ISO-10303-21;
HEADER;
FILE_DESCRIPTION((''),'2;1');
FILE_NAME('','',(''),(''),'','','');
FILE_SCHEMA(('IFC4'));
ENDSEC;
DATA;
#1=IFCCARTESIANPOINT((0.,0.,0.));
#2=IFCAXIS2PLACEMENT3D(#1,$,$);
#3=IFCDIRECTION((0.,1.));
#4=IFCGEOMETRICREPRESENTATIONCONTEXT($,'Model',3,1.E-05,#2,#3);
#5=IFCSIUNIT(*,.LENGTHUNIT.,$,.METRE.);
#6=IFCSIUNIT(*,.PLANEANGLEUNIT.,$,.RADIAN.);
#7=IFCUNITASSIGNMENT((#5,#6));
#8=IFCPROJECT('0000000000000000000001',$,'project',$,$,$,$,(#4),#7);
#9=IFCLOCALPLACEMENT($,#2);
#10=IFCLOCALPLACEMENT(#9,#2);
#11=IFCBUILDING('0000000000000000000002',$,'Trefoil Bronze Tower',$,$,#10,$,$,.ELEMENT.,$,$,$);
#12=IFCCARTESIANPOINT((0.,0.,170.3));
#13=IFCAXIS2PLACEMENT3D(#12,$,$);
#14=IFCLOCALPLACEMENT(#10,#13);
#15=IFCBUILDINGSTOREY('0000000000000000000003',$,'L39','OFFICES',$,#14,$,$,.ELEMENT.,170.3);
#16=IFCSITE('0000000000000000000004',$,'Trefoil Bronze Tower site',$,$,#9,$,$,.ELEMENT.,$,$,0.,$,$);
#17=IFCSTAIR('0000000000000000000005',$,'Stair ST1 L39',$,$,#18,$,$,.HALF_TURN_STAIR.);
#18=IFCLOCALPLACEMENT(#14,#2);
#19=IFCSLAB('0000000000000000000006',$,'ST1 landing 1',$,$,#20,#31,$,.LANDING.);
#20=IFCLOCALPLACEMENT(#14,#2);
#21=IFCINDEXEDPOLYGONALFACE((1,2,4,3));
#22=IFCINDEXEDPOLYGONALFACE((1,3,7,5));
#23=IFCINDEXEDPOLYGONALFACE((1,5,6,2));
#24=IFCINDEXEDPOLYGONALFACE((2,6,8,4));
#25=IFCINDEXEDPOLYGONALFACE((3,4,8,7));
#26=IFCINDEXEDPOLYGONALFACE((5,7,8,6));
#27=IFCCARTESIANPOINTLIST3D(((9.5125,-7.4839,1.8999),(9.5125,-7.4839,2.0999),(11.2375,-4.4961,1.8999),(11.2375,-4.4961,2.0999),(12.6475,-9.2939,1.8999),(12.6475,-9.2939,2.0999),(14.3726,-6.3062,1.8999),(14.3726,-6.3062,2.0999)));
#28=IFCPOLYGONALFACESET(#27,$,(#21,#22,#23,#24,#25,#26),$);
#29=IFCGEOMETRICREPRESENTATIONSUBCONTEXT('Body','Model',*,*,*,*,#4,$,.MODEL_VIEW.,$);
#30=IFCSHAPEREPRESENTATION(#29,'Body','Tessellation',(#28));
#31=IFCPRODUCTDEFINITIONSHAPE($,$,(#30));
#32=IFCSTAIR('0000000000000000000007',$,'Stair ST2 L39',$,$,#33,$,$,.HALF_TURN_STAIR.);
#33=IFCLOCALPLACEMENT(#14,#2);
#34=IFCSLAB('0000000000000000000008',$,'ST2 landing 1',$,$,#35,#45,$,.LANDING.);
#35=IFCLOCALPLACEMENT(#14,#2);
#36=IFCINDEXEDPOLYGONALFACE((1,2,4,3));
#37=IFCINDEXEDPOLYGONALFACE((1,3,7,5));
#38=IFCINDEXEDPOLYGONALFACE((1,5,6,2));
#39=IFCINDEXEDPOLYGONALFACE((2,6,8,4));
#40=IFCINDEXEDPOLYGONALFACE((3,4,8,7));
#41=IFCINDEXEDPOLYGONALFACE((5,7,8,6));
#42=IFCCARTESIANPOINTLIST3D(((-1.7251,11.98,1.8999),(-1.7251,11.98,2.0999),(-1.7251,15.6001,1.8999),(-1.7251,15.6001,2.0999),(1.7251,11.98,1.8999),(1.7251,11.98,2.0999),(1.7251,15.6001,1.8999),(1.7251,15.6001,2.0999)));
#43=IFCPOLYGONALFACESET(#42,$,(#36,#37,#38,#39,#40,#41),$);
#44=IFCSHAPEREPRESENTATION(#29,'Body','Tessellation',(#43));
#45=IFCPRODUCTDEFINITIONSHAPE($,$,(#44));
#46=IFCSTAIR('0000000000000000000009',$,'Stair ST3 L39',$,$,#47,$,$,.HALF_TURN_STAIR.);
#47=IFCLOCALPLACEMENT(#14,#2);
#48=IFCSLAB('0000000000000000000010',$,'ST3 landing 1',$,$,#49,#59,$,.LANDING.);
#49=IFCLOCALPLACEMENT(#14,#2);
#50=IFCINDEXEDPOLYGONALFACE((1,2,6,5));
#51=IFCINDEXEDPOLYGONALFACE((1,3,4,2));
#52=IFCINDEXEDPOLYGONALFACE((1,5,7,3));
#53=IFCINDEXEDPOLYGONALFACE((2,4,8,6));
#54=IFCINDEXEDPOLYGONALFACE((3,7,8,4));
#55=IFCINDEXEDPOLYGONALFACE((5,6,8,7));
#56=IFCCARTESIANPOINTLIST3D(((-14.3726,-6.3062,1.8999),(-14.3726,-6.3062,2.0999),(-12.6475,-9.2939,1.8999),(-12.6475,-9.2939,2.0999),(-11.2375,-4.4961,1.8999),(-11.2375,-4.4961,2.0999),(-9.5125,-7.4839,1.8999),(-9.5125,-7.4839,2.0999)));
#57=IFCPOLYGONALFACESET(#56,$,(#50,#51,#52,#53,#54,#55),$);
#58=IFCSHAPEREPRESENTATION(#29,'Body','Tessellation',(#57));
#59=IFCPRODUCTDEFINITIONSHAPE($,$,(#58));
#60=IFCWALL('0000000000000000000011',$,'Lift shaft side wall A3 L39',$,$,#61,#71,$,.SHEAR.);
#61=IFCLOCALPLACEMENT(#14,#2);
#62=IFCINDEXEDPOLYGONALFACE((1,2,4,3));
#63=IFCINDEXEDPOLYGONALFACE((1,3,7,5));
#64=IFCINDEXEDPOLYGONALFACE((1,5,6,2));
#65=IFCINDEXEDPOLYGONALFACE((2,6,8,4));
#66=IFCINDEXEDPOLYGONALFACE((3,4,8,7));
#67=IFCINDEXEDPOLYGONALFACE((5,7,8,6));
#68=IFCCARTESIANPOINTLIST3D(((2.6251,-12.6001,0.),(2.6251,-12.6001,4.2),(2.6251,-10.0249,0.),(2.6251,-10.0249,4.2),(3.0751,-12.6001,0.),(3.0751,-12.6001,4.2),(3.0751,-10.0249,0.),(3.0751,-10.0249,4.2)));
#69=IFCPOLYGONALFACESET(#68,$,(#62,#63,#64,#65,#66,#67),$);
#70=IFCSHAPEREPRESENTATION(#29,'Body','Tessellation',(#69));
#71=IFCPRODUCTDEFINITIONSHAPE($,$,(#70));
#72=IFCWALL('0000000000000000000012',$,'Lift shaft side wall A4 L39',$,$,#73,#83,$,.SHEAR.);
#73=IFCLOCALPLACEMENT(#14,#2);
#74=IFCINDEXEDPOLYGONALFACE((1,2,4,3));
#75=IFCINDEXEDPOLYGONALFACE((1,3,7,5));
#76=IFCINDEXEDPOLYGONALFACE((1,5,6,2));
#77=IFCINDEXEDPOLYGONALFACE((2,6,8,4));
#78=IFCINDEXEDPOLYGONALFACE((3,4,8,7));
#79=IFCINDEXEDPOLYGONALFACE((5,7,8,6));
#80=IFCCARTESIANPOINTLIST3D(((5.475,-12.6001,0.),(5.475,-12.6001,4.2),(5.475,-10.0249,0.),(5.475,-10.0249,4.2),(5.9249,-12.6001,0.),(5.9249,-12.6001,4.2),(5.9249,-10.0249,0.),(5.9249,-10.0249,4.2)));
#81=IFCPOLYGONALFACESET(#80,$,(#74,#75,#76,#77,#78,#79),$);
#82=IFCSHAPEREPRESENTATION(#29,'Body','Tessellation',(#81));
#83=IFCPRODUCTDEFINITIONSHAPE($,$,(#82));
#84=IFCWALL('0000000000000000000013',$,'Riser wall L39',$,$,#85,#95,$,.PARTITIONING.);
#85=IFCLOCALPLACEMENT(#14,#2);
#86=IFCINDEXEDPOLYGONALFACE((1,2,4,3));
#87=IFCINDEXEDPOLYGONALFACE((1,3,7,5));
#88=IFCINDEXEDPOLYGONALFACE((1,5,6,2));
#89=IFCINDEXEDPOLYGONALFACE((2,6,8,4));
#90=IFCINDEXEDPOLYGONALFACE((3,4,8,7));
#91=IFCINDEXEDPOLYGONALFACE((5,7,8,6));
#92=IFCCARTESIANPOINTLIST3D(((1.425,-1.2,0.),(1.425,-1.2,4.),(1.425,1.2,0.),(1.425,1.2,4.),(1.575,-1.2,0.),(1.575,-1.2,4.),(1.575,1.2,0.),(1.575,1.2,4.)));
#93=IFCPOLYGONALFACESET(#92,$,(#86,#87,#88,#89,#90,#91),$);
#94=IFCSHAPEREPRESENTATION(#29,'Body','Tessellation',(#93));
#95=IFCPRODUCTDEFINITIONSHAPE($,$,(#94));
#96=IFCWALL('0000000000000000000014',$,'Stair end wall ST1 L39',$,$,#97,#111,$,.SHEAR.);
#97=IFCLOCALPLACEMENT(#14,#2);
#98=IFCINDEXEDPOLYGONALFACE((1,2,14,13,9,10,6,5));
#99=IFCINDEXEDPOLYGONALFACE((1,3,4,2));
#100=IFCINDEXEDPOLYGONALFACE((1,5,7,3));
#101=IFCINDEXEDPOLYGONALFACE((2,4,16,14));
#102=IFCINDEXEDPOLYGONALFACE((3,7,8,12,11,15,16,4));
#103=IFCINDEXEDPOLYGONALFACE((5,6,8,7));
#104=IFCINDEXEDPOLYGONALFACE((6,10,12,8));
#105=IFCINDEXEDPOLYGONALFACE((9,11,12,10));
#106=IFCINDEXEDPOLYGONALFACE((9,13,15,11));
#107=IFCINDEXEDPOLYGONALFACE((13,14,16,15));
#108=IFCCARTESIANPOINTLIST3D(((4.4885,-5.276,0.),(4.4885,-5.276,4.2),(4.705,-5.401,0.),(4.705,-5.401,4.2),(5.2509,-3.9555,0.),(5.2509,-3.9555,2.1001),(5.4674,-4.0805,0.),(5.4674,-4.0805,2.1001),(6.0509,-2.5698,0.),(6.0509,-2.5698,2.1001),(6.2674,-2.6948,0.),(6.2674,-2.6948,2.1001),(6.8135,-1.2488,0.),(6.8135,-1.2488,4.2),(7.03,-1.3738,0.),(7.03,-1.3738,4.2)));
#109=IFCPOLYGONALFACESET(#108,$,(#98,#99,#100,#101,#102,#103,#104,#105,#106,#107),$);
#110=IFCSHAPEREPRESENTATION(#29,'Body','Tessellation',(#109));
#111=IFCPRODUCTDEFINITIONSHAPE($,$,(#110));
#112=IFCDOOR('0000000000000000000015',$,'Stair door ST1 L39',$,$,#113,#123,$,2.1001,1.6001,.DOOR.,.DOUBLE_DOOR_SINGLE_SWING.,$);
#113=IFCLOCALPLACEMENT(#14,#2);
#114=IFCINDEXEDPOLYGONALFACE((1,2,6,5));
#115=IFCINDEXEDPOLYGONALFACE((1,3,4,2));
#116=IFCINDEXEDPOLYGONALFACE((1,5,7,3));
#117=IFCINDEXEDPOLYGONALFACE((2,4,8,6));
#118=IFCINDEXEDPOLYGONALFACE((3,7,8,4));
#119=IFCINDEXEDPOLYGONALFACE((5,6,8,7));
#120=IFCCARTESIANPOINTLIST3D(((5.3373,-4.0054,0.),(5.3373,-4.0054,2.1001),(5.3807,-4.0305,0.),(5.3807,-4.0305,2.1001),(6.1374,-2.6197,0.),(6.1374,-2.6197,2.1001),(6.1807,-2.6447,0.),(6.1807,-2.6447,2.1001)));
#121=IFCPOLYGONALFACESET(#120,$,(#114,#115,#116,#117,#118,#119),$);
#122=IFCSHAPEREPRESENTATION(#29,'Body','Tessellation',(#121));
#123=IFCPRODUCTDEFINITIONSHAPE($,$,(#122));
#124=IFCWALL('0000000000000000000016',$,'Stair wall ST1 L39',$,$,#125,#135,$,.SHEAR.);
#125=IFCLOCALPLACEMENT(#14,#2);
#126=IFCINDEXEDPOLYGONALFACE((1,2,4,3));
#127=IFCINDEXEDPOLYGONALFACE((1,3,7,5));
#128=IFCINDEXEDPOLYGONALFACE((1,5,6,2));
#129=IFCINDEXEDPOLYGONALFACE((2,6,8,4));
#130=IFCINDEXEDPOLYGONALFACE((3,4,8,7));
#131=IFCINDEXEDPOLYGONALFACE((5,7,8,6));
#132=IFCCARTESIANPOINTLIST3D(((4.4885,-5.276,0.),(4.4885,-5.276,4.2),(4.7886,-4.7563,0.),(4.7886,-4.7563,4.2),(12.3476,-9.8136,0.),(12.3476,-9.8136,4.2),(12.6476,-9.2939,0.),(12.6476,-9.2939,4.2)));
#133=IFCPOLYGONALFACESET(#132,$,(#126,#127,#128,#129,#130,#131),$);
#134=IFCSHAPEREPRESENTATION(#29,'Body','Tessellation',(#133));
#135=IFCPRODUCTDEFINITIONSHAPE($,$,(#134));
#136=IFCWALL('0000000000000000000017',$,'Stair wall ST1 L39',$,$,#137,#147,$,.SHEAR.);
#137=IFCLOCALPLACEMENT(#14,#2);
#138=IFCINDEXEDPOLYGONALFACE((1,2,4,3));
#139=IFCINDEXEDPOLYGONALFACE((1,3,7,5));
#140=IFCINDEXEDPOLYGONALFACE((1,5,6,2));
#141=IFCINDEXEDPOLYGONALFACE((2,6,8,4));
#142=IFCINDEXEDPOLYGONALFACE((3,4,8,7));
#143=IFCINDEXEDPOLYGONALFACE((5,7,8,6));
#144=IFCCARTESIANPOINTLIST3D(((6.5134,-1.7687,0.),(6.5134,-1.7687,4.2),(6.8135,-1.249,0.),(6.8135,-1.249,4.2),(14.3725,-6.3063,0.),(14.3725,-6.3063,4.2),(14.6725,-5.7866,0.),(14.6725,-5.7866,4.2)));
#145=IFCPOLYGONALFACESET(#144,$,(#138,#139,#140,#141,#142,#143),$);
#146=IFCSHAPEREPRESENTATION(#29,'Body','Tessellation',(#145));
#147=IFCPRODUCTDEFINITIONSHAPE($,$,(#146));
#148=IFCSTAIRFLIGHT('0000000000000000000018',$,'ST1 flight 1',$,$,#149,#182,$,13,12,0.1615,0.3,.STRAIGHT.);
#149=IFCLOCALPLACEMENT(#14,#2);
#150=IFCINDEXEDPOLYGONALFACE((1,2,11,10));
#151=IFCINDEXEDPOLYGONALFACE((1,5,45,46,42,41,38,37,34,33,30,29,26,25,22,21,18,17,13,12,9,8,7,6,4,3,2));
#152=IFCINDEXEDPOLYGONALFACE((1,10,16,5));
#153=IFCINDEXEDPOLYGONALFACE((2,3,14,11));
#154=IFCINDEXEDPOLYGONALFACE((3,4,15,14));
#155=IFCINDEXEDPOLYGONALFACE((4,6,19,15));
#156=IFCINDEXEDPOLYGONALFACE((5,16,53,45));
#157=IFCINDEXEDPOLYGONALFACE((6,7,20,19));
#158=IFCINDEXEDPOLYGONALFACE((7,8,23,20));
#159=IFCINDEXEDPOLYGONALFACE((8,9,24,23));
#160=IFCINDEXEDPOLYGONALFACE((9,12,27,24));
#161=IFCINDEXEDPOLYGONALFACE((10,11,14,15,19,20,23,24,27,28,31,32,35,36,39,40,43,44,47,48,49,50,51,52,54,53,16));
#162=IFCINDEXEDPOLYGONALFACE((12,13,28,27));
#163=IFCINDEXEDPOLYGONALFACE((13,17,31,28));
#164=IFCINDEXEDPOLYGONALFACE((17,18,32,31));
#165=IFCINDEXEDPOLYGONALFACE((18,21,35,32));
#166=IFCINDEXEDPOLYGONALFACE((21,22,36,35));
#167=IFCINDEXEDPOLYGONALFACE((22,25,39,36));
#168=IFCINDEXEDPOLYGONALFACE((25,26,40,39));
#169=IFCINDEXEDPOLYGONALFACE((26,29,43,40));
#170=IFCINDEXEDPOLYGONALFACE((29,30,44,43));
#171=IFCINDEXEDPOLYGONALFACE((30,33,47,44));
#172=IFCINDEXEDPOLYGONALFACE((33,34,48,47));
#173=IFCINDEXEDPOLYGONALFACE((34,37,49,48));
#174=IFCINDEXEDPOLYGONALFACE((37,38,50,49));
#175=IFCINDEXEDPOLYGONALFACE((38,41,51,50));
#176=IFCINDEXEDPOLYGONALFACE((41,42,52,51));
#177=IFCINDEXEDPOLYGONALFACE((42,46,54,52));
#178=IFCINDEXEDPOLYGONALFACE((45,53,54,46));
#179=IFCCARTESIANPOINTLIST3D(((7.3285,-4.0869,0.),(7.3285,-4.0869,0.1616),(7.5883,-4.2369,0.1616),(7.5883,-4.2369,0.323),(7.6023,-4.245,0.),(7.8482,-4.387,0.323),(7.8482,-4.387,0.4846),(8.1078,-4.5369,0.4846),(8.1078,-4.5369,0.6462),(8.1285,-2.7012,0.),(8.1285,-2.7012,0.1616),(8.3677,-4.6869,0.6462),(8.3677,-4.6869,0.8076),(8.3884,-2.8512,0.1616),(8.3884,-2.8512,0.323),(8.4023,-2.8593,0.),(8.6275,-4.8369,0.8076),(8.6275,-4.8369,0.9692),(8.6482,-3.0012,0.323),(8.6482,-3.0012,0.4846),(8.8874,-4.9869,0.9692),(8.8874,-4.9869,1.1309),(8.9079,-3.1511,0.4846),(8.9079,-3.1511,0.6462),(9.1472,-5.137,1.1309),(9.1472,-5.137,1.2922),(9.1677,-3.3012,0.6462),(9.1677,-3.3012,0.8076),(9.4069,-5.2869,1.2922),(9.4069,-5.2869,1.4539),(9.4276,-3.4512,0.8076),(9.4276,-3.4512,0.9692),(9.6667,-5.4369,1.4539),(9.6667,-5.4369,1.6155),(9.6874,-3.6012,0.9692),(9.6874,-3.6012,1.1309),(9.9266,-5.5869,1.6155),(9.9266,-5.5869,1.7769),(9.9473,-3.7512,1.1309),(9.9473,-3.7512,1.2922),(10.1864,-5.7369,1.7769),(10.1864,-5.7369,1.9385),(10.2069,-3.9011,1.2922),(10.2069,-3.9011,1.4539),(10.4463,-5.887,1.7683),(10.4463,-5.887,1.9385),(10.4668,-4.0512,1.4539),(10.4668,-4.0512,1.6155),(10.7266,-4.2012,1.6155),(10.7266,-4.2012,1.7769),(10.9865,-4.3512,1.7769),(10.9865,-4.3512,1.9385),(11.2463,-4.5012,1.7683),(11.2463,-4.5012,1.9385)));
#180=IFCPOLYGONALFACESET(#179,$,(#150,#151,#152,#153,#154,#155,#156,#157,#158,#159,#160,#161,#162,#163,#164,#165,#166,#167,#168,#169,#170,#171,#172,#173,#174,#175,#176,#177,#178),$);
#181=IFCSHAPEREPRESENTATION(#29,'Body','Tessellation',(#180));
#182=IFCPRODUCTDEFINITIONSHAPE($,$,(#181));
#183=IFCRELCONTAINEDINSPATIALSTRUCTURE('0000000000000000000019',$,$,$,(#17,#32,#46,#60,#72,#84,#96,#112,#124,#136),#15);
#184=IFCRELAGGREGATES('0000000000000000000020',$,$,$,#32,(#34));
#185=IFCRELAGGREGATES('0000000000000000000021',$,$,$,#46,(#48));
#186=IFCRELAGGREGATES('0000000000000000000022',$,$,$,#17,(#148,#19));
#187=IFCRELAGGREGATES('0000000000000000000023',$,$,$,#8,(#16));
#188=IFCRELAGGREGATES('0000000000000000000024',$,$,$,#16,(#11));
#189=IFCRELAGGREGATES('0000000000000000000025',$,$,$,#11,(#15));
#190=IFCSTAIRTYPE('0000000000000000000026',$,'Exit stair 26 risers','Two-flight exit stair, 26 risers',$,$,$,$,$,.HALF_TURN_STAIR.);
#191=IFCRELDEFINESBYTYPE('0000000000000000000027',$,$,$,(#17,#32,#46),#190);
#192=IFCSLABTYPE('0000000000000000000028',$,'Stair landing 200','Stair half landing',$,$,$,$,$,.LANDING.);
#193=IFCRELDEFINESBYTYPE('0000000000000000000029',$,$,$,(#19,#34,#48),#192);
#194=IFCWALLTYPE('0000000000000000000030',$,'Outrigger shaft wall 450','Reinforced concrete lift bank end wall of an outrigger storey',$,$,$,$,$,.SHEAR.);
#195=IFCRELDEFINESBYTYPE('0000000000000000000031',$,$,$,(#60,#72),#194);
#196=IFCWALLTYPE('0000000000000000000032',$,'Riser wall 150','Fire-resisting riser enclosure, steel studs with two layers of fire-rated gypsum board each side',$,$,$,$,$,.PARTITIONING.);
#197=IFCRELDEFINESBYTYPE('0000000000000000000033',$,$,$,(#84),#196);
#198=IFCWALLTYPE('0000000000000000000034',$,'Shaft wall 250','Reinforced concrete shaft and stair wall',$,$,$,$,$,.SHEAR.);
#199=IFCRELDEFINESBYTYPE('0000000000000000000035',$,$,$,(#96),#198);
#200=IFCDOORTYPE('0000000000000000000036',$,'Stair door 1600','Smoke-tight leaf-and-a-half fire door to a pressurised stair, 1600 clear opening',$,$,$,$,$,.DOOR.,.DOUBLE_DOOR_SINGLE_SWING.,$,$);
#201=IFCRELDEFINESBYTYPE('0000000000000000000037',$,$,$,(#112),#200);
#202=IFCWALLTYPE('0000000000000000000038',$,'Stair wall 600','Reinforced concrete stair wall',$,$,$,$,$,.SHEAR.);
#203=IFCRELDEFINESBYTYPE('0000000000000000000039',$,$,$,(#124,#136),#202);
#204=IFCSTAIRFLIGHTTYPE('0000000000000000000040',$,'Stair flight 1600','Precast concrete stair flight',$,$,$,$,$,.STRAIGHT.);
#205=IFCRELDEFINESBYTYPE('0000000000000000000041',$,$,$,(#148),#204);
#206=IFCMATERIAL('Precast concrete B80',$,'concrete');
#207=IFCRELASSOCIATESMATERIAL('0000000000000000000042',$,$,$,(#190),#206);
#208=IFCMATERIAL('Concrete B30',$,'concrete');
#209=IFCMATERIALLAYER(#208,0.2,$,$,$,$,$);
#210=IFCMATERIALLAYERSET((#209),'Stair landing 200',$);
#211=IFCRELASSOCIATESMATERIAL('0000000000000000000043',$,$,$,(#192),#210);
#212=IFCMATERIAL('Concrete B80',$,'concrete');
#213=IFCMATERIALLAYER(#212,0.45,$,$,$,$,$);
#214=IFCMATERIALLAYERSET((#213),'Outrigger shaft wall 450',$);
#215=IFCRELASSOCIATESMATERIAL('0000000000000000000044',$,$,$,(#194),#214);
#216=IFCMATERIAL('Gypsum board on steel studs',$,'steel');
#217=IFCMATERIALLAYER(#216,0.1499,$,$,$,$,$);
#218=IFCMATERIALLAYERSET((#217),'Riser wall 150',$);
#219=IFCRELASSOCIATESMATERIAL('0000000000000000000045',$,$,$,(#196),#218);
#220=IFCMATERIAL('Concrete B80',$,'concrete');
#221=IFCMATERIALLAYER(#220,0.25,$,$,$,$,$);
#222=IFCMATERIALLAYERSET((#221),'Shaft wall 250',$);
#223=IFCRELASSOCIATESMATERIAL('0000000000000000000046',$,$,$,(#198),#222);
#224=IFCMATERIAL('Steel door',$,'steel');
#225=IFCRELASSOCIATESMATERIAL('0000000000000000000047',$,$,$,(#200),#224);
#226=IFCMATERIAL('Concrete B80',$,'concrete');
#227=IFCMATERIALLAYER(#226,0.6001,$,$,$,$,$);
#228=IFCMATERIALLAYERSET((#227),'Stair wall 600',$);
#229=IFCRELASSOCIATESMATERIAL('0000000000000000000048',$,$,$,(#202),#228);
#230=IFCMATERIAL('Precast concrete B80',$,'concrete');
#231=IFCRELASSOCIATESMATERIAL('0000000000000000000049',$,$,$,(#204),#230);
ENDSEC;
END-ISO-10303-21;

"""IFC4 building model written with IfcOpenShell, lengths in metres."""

from ifc_helpers import new_model, si_unit, direction, frame, frame_2d, origin, place, context, subcontext, project, spatial, polyline, rectangle, outline, extrude, material, layer, layer_set, type_object, element, fill, aggregate, save


model = new_model("IFC4")

# Units and contexts
model_context = context("Model", 3, precision=1e-05, world=origin(), true_north=direction((0.0, 1.0)))
body_context = subcontext(model_context, "Body", "Model", "MODEL_VIEW")
ifc_project = project(units=[si_unit("LENGTHUNIT", "METRE"), si_unit("PLANEANGLEUNIT", "RADIAN")], contexts=[model_context])

# Site, building, storey
site_placement = place(None, origin())
site = spatial("IfcSite", under=ifc_project, at=site_placement, Name="Trefoil Bronze Tower site", CompositionType="ELEMENT", RefElevation=0.0)
building_placement = place(site_placement, origin())
building = spatial("IfcBuilding", under=site, at=building_placement, Name="Trefoil Bronze Tower", CompositionType="ELEMENT")
storey_placement = place(building_placement, frame((0.0, 0.0, 170.3)))
storey = spatial("IfcBuildingStorey", under=building, at=storey_placement, Name="L39", Description="OFFICES", CompositionType="ELEMENT", Elevation=170.3)

# Stairs, slabs
ifc_material_1 = material(Name="Precast concrete B80", Category="concrete")
stair_type = type_object("IfcStairType", Name="Exit stair 26 risers", Description="Two-flight exit stair, 26 risers", PredefinedType="HALF_TURN_STAIR", material=ifc_material_1)
stair_1_placement = place(storey_placement, origin())
stair_1 = element("IfcStair", 1, at=stair_1_placement, inside=storey, type_object=stair_type, Name="Stair ST1 L39", PredefinedType="HALF_TURN_STAIR")
ifc_material_2 = material(Name="Concrete B30", Category="concrete")
ifc_layer_1 = layer(ifc_material_2, 0.2)
ifc_layer_set_1 = layer_set([ifc_layer_1], Name="Stair landing 200")
slab_type = type_object("IfcSlabType", Name="Stair landing 200", Description="Stair half landing", PredefinedType="LANDING", material=ifc_layer_set_1)
slab_1_placement = place(storey_placement, frame((0.0, 0.0, 1.8999)))
slab_1 = element("IfcSlab", 2, at=slab_1_placement, type_object=slab_type, Name="ST1 landing 1", PredefinedType="LANDING", context=body_context, shape_type="SweptSolid", body=[
    extrude(outline(polyline([(9.5125, -7.4839), (12.6475, -9.2939), (14.3726, -6.3062), (11.2375, -4.4961), (9.5125, -7.4839)])), origin(), (0.0, 0.0, 1.0), 0.2),
])
stair_2_placement = place(storey_placement, origin())
stair_2 = element("IfcStair", 3, at=stair_2_placement, inside=storey, type_object=stair_type, Name="Stair ST2 L39", PredefinedType="HALF_TURN_STAIR")
slab_2_placement = place(storey_placement, frame((0.0, 0.0, 1.8999)))
slab_2 = element("IfcSlab", 4, at=slab_2_placement, type_object=slab_type, Name="ST2 landing 1", PredefinedType="LANDING", context=body_context, shape_type="SweptSolid", body=[
    extrude(outline(polyline([(1.7251, 11.98), (1.7251, 15.6001), (-1.7251, 15.6001), (-1.7251, 11.98), (1.7251, 11.98)])), origin(), (0.0, 0.0, 1.0), 0.2),
])
aggregate(stair_2, [slab_2])
stair_3_placement = place(storey_placement, origin())
stair_3 = element("IfcStair", 5, at=stair_3_placement, inside=storey, type_object=stair_type, Name="Stair ST3 L39", PredefinedType="HALF_TURN_STAIR")
slab_3_placement = place(storey_placement, frame((0.0, 0.0, 1.8999)))
slab_3 = element("IfcSlab", 6, at=slab_3_placement, type_object=slab_type, Name="ST3 landing 1", PredefinedType="LANDING", context=body_context, shape_type="SweptSolid", body=[
    extrude(outline(polyline([(-11.2375, -4.4961), (-14.3726, -6.3062), (-12.6475, -9.2939), (-9.5125, -7.4839), (-11.2375, -4.4961)])), origin(), (0.0, 0.0, 1.0), 0.2),
])
aggregate(stair_3, [slab_3])

# Walls
ifc_material_3 = material(Name="Concrete B80", Category="concrete")
ifc_layer_2 = layer(ifc_material_3, 0.45)
ifc_layer_set_2 = layer_set([ifc_layer_2], Name="Outrigger shaft wall 450")
wall_type_1 = type_object("IfcWallType", Name="Outrigger shaft wall 450", Description="Reinforced concrete lift bank end wall of an outrigger storey", PredefinedType="SHEAR", material=ifc_layer_set_2)
for number, where, z_axis, x_axis, name in (
    (7, (2.8501, -10.0249, 0.0), (0.0, 0.0, 1.0), (0.0, -1.0, 0.0), "Lift shaft side wall A3 L39"),
    (8, (5.7, -10.0249, 0.0), (0.0, 0.0, 1.0), (0.0, -1.0, 0.0), "Lift shaft side wall A4 L39"),
):
    element("IfcWall", number, at=place(storey_placement, frame(where, z_axis=z_axis, x_axis=x_axis)), inside=storey, type_object=wall_type_1, Name=name, PredefinedType="SHEAR", context=body_context, shape_type="SweptSolid", body=[
        extrude(rectangle(XDim=2.5752, YDim=0.45, at=frame_2d((1.2876, 0.0))), origin(), (0.0, 0.0, 1.0), 4.2),
    ])
ifc_material_4 = material(Name="Gypsum board on steel studs", Category="steel")
ifc_layer_3 = layer(ifc_material_4, 0.1499)
ifc_layer_set_3 = layer_set([ifc_layer_3], Name="Riser wall 150")
wall_type_2 = type_object("IfcWallType", Name="Riser wall 150", Description="Fire-resisting riser enclosure, steel studs with two layers of fire-rated gypsum board each side", PredefinedType="PARTITIONING", material=ifc_layer_set_3)
wall_1_placement = place(storey_placement, frame((1.5, -1.2, 0.0), z_axis=(0.0, 0.0, 1.0), x_axis=(0.0, 1.0, 0.0)))
element("IfcWall", 9, at=wall_1_placement, inside=storey, type_object=wall_type_2, Name="Riser wall L39", PredefinedType="PARTITIONING", context=body_context, shape_type="SweptSolid", body=[
    extrude(rectangle(XDim=2.3999, YDim=0.1499, at=frame_2d((1.2, 0.0))), origin(), (0.0, 0.0, 1.0), 4.0),
])

# Wall, opening, door
ifc_material_5 = material(Name="Concrete B80", Category="concrete")
ifc_layer_4 = layer(ifc_material_5, 0.25)
ifc_layer_set_4 = layer_set([ifc_layer_4], Name="Shaft wall 250")
wall_type_3 = type_object("IfcWallType", Name="Shaft wall 250", Description="Reinforced concrete shaft and stair wall", PredefinedType="SHEAR", material=ifc_layer_set_4)
wall_2_placement = place(storey_placement, frame((4.5967, -5.3386, 0.0), z_axis=(0.0, 0.0, 1.0), x_axis=(0.499985, 0.866034, 0.0)))
wall_2 = element("IfcWall", 10, at=wall_2_placement, inside=storey, type_object=wall_type_3, Name="Stair end wall ST1 L39", PredefinedType="SHEAR", context=body_context, shape_type="SweptSolid", body=[
    extrude(rectangle(XDim=4.6501, YDim=0.25, at=frame_2d((2.3252, 0.0))), origin(), (0.0, 0.0, 1.0), 4.2),
])
opening_placement = place(wall_2_placement, frame((1.5249, 0.0, 0.0)))
opening = element("IfcOpeningElement", 11, at=opening_placement, cuts=wall_2, PredefinedType="OPENING", context=body_context, shape_type="SweptSolid", body=[
    extrude(rectangle(XDim=1.6001, YDim=2.1001, at=frame_2d((0.8, 1.05))), frame((0.0, 0.135, 0.0), z_axis=(0.0, -1.0, 0.0), x_axis=(1.0, 0.0, 0.0)), (0.0, 0.0, 1.0), 0.27),
])
ifc_material_6 = material(Name="Steel door", Category="steel")
door_type = type_object("IfcDoorType", Name="Stair door 1600", Description="Smoke-tight leaf-and-a-half fire door to a pressurised stair, 1600 clear opening", OperationType="DOUBLE_DOOR_SINGLE_SWING", PredefinedType="DOOR", material=ifc_material_6)
door_placement = place(opening_placement, frame((1.6001, 0.0, 0.0), z_axis=(0.0, 0.0, 1.0), x_axis=(-1.0, 0.0, 0.0)))
door = element("IfcDoor", 12, at=door_placement, inside=storey, type_object=door_type, Name="Stair door ST1 L39", OperationType="DOUBLE_DOOR_SINGLE_SWING", OverallHeight=2.1001, OverallWidth=1.6001, PredefinedType="DOOR", context=body_context, shape_type="SweptSolid", body=[
    extrude(rectangle(XDim=1.6001, YDim=2.1001, at=frame_2d((0.8, 1.05))), frame((0.0, 0.0249, 0.0), z_axis=(0.0, -1.0, 0.0), x_axis=(1.0, 0.0, 0.0)), (0.0, 0.0, 1.0), 0.05),
])
fill(opening, door)

# Walls
ifc_material_7 = material(Name="Concrete B80", Category="concrete")
ifc_layer_5 = layer(ifc_material_7, 0.6001)
ifc_layer_set_5 = layer_set([ifc_layer_5], Name="Stair wall 600")
wall_type_4 = type_object("IfcWallType", Name="Stair wall 600", Description="Reinforced concrete stair wall", PredefinedType="SHEAR", material=ifc_layer_set_5)
for number, where, z_axis, x_axis, name in (
    (13, (4.6384, -5.0161, 0.0), (0.0, 0.0, 1.0), (0.866019, -0.50001, 0.0), "Stair wall ST1 L39"),
    (14, (6.6633, -1.5088, 0.0), (0.0, 0.0, 1.0), (0.866019, -0.50001, 0.0), "Stair wall ST1 L39"),
):
    element("IfcWall", number, at=place(storey_placement, frame(where, z_axis=z_axis, x_axis=x_axis)), inside=storey, type_object=wall_type_4, Name=name, PredefinedType="SHEAR", context=body_context, shape_type="SweptSolid", body=[
        extrude(rectangle(XDim=9.075, YDim=0.6001, at=frame_2d((4.5376, 0.0))), origin(), (0.0, 0.0, 1.0), 4.2),
    ])

# Stair flight
ifc_material_8 = material(Name="Precast concrete B80", Category="concrete")
stair_flight_type = type_object("IfcStairFlightType", Name="Stair flight 1600", Description="Precast concrete stair flight", PredefinedType="STRAIGHT", material=ifc_material_8)
stair_flight_placement = place(storey_placement, frame((7.7285, -3.394, 0.0), z_axis=(0.0, 0.0, 1.0), x_axis=(0.866025, -0.5, 0.0)))
stair_flight = element("IfcStairFlight", 15, at=stair_flight_placement, type_object=stair_flight_type, Name="ST1 flight 1", NumberOfRisers=13, NumberOfTreads=12, PredefinedType="STRAIGHT", RiserHeight=0.1615, TreadLength=0.3, context=body_context, shape_type="SweptSolid", body=[
    extrude(outline(polyline([(0.0, 0.0), (0.0, 0.1616), (0.3, 0.1616), (0.3, 0.323), (0.6001, 0.323), (0.6001, 0.4846), (0.8999, 0.4846), (0.8999, 0.6462), (1.2, 0.6462), (1.2, 0.8076), (1.5, 0.8076), (1.5, 0.9692), (1.8, 0.9692), (1.8, 1.1309), (2.1001, 1.1309), (2.1001, 1.2922), (2.3999, 1.2922), (2.3999, 1.4539), (2.7, 1.4539), (2.7, 1.6155), (3.0, 1.6155), (3.0, 1.7769), (3.3, 1.7769), (3.3, 1.9385), (3.6001, 1.9385), (3.6001, 2.1001), (3.6001, 1.7683), (0.3162, 0.0), (0.0, 0.0)])), frame((0.0, 0.8, 0.0), z_axis=(0.0, -1.0, 0.0), x_axis=(1.0, 0.0, 0.0)), (0.0, 0.0, 1.0), 1.6001),
])
aggregate(stair_1, [stair_flight, slab_1])

save(model, "model.ifc")
